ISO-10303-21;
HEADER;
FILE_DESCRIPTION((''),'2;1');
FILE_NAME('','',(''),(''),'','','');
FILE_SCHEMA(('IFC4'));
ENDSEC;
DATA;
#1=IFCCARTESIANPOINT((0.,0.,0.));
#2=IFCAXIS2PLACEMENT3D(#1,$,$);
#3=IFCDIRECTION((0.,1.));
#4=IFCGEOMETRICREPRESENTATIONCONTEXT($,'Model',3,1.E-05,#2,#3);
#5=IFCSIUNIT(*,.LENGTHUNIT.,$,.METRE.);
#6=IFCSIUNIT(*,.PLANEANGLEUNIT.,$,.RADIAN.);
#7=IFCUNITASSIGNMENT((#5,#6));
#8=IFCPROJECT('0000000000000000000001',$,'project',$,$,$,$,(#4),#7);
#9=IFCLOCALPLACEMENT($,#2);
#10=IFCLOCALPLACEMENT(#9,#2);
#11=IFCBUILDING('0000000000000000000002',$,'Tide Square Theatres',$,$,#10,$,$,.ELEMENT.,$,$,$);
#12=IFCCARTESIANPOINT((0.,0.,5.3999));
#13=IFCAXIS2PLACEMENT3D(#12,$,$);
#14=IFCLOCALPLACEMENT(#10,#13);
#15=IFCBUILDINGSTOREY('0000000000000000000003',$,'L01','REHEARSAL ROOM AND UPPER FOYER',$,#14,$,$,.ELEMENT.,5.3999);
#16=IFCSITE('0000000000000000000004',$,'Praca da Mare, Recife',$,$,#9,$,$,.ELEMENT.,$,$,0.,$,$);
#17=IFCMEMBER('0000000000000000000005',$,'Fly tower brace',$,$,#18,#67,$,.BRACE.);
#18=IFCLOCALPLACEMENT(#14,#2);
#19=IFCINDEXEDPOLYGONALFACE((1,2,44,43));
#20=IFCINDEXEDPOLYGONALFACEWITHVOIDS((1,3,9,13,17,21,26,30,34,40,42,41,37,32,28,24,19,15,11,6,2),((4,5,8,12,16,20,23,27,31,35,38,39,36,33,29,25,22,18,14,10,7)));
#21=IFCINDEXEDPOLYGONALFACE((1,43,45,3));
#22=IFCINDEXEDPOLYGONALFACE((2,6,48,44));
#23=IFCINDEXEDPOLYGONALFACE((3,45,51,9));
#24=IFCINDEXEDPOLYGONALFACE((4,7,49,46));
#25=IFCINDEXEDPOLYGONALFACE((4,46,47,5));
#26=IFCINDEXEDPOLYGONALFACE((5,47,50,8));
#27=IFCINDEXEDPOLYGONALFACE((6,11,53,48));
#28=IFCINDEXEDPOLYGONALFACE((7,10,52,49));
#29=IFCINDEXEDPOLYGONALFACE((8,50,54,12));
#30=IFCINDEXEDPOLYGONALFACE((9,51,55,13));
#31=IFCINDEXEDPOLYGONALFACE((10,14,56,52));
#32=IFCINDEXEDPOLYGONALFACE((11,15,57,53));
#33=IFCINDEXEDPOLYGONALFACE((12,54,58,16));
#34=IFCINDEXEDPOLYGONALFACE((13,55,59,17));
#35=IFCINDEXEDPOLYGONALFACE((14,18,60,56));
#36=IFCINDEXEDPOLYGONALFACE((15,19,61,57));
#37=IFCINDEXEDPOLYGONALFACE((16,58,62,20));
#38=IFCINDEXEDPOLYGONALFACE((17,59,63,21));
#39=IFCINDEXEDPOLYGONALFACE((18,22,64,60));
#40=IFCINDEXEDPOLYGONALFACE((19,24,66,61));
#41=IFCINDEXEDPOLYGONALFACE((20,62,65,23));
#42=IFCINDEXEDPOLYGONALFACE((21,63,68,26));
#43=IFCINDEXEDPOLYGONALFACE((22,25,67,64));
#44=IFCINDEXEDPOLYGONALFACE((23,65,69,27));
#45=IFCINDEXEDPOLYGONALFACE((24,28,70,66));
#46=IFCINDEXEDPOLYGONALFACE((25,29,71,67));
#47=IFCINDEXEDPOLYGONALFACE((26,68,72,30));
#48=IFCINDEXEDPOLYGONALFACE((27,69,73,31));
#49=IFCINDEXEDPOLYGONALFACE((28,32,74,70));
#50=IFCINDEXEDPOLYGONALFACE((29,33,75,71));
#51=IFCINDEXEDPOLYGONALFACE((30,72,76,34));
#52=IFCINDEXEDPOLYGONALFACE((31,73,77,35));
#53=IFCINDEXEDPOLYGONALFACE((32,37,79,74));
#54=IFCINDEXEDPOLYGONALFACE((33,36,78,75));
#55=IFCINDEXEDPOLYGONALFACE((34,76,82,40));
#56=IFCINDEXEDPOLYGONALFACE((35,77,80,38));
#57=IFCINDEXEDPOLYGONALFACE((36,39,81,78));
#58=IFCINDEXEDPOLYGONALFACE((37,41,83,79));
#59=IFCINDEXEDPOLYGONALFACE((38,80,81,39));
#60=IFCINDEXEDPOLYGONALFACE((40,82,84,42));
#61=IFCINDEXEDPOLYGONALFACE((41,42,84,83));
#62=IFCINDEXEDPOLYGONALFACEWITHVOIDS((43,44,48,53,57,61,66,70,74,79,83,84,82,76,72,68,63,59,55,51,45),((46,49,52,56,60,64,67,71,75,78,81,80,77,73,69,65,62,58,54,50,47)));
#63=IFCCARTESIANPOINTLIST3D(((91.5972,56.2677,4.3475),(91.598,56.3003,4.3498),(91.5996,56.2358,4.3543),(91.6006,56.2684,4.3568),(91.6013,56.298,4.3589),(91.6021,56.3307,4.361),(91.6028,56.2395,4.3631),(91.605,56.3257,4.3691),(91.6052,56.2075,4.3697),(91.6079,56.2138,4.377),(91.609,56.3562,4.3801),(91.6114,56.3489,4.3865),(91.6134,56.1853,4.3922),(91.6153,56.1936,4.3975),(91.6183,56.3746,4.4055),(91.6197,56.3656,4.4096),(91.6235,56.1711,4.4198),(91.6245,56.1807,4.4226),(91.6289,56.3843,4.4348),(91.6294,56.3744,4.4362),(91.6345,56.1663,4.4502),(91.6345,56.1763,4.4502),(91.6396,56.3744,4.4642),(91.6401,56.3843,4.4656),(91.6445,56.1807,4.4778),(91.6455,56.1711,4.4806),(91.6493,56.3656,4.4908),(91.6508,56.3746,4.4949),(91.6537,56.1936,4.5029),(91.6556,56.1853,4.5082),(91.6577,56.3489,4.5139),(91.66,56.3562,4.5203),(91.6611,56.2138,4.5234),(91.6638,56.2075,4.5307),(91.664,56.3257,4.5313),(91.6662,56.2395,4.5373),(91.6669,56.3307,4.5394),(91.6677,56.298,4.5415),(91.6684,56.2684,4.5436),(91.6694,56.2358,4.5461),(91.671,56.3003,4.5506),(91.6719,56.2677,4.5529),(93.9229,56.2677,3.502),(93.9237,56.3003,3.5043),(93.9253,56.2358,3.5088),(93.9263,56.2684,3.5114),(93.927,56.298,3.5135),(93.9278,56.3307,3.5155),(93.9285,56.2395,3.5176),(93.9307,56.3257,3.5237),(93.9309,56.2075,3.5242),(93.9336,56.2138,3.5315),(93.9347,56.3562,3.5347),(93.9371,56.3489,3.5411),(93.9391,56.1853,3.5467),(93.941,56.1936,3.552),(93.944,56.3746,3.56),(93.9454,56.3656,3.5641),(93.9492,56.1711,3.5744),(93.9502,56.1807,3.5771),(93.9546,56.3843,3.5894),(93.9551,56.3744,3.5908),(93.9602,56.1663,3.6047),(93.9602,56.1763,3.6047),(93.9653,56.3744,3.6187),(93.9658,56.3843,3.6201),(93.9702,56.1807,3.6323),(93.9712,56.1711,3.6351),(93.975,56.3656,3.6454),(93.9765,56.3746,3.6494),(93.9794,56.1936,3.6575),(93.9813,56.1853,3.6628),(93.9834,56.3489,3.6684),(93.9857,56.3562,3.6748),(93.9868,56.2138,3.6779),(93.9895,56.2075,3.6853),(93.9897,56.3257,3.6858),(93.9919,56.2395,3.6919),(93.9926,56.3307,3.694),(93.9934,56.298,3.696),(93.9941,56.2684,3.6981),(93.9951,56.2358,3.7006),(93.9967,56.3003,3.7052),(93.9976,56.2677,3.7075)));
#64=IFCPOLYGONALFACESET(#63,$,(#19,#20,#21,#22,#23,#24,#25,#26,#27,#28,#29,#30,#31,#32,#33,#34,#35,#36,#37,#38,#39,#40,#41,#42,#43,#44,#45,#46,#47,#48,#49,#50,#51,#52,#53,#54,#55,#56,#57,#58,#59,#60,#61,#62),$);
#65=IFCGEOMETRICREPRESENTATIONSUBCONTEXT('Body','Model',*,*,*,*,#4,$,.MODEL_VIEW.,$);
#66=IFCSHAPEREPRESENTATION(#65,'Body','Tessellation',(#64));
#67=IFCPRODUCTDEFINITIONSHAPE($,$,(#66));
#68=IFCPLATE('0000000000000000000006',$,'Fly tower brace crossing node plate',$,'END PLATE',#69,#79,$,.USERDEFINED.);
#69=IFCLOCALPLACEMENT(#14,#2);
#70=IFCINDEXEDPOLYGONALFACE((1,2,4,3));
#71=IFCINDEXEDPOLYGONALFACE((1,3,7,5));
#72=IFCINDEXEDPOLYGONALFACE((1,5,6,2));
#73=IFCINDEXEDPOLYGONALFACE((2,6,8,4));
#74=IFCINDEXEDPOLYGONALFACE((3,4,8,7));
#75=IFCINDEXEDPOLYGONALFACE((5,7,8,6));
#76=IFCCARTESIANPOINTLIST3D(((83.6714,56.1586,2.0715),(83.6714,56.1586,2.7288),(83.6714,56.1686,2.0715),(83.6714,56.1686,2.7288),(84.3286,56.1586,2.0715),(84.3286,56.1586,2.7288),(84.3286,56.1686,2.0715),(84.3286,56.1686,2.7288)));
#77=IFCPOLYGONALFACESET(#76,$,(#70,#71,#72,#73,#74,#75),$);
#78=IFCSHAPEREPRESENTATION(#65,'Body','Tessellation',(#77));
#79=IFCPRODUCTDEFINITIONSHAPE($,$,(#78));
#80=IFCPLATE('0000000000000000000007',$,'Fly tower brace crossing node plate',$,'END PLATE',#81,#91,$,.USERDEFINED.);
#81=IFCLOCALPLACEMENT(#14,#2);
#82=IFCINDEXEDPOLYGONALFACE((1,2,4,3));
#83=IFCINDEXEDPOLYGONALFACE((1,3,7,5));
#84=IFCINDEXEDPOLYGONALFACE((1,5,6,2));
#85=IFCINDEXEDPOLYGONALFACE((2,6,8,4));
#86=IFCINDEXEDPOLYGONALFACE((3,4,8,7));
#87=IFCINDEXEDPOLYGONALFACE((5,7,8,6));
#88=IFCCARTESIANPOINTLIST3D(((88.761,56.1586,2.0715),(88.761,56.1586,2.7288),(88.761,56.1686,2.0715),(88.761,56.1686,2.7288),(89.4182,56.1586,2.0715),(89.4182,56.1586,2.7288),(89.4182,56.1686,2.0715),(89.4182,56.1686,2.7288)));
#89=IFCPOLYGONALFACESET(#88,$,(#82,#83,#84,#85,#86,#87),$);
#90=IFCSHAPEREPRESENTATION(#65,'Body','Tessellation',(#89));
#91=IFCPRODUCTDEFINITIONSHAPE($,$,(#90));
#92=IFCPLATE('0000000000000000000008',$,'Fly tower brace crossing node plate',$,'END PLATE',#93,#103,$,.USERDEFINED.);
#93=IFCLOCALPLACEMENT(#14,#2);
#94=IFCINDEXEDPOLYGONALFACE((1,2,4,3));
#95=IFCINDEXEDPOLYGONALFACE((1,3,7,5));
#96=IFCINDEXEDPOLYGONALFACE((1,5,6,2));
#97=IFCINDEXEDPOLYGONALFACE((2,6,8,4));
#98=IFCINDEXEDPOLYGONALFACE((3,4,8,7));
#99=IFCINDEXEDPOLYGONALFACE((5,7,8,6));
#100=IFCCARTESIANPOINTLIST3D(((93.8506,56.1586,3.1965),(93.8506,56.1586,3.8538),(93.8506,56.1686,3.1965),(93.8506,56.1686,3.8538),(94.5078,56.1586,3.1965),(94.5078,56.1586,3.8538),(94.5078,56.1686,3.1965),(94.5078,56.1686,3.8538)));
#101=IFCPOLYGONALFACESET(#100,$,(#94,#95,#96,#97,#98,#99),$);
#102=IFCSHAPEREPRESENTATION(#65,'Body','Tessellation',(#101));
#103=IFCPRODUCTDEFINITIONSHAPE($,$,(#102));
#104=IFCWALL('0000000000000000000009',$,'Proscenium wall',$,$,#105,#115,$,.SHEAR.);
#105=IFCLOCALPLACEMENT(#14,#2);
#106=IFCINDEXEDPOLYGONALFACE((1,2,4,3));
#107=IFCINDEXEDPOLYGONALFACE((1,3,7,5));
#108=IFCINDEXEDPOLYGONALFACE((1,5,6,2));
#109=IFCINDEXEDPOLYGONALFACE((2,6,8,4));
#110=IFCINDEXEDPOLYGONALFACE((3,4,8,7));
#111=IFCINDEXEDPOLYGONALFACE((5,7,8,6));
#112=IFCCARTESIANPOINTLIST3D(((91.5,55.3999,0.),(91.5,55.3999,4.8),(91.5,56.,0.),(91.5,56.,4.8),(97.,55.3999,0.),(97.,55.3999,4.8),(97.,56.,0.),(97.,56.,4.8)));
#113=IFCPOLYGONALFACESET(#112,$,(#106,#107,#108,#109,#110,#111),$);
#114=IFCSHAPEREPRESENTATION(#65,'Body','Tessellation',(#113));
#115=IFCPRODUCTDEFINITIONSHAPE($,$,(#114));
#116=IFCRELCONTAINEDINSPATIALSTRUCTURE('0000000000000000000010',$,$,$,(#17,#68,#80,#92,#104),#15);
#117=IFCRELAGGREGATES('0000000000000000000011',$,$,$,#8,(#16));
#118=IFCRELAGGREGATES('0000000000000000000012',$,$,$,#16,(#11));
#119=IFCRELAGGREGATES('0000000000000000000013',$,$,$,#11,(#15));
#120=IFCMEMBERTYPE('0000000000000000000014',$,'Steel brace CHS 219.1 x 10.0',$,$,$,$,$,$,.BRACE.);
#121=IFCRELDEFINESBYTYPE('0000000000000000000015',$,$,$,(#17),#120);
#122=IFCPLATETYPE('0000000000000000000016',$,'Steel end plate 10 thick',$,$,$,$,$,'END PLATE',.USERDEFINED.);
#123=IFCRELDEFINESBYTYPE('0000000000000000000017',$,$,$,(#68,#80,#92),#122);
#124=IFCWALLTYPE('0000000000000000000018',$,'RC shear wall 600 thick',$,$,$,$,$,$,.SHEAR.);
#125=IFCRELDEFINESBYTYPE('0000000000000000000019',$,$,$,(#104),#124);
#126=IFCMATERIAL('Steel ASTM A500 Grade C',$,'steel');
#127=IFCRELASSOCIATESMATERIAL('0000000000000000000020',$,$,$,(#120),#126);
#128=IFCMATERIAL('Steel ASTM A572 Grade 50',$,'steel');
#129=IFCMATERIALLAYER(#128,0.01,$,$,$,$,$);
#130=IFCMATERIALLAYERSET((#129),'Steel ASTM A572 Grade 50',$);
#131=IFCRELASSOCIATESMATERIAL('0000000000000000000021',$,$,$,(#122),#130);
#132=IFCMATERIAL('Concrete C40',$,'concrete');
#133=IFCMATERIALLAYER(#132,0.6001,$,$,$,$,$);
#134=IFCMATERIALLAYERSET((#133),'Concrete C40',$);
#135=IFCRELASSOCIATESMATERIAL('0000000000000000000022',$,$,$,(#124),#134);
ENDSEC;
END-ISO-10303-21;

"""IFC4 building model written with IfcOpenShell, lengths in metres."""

from ifc_helpers import new_model, si_unit, direction, frame, frame_2d, origin, origin_2d, place, context, subcontext, project, spatial, rectangle, hollow_circle, extrude, material, layer, layer_set, material_profile, profile_set, type_object, element, save


model = new_model("IFC4")

# Units and contexts
model_context = context("Model", 3, precision=1e-05, world=origin(), true_north=direction((0.0, 1.0)))
body_context = subcontext(model_context, "Body", "Model", "MODEL_VIEW")
ifc_project = project(units=[si_unit("LENGTHUNIT", "METRE"), si_unit("PLANEANGLEUNIT", "RADIAN")], contexts=[model_context])

# Site, building, storey
site_placement = place(None, origin())
site = spatial("IfcSite", under=ifc_project, at=site_placement, Name="Praca da Mare, Recife", CompositionType="ELEMENT", RefElevation=0.0)
building_placement = place(site_placement, origin())
building = spatial("IfcBuilding", under=site, at=building_placement, Name="Tide Square Theatres", CompositionType="ELEMENT")
storey_placement = place(building_placement, frame((0.0, 0.0, 5.3999)))
storey = spatial("IfcBuildingStorey", under=building, at=storey_placement, Name="L01", Description="REHEARSAL ROOM AND UPPER FOYER", CompositionType="ELEMENT", Elevation=5.3999)

# Member
ifc_material_1 = material(Name="Steel ASTM A500 Grade C", Category="steel")
ifc_material_profile_1 = material_profile(ifc_material_1, hollow_circle(Radius=0.1096, WallThickness=0.01, at=origin_2d()))
ifc_profile_set_1 = profile_set([ifc_material_profile_1], Name="Steel ASTM A500 Grade C")
member_type = type_object("IfcMemberType", Name="Steel brace CHS 219.1 x 10.0", PredefinedType="BRACE", material=ifc_profile_set_1)
member_1_placement = place(storey_placement, frame((93.9602, 56.2759, 3.6047), z_axis=(-0.939825, 0.0, 0.341656), x_axis=(0.0, -1.0, 0.0)))
element("IfcMember", 1, at=member_1_placement, inside=storey, type_object=member_type, Name="Fly tower brace", PredefinedType="BRACE", context=body_context, shape_type="SweptSolid", body=[
    extrude(hollow_circle(Radius=0.1096, WallThickness=0.01, at=origin_2d()), origin(), (0.0, 0.0, 1.0), 2.4746),
])

# Plates
ifc_material_2 = material(Name="Steel ASTM A572 Grade 50", Category="steel")
ifc_layer_1 = layer(ifc_material_2, 0.01)
ifc_layer_set_1 = layer_set([ifc_layer_1], Name="Steel ASTM A572 Grade 50")
plate_type = type_object("IfcPlateType", Name="Steel end plate 10 thick", ElementType="END PLATE", PredefinedType="USERDEFINED", material=ifc_layer_set_1)
for number, where, z_axis, x_axis, name in (
    (2, (84.0, 56.1636, 2.0715), (0.0, 0.0, 1.0), (0.0, -1.0, 0.0), "Fly tower brace crossing node plate"),
    (3, (89.0896, 56.1636, 2.0715), (0.0, 0.0, 1.0), (0.0, -1.0, 0.0), "Fly tower brace crossing node plate"),
    (4, (94.1792, 56.1636, 3.1965), (0.0, 0.0, 1.0), (0.0, -1.0, 0.0), "Fly tower brace crossing node plate"),
):
    element("IfcPlate", number, at=place(storey_placement, frame(where, z_axis=z_axis, x_axis=x_axis)), inside=storey, type_object=plate_type, Name=name, ObjectType="END PLATE", PredefinedType="USERDEFINED", context=body_context, shape_type="SweptSolid", body=[
        extrude(rectangle(XDim=0.01, YDim=0.6572, at=origin_2d()), origin(), (0.0, 0.0, 1.0), 0.6572),
    ])

# Wall
ifc_material_3 = material(Name="Concrete C40", Category="concrete")
ifc_layer_2 = layer(ifc_material_3, 0.6001)
ifc_layer_set_2 = layer_set([ifc_layer_2], Name="Concrete C40")
wall_type = type_object("IfcWallType", Name="RC shear wall 600 thick", PredefinedType="SHEAR", material=ifc_layer_set_2)
wall_placement = place(storey_placement, frame((91.5, 55.7, 0.0), z_axis=(0.0, 0.0, 1.0), x_axis=(1.0, 0.0, 0.0)))
element("IfcWall", 5, at=wall_placement, inside=storey, type_object=wall_type, Name="Proscenium wall", PredefinedType="SHEAR", context=body_context, shape_type="SweptSolid", body=[
    extrude(rectangle(XDim=5.5, YDim=0.6001, at=frame_2d((2.75, 0.0))), origin(), (0.0, 0.0, 1.0), 4.8),
])

save(model, "model.ifc")
